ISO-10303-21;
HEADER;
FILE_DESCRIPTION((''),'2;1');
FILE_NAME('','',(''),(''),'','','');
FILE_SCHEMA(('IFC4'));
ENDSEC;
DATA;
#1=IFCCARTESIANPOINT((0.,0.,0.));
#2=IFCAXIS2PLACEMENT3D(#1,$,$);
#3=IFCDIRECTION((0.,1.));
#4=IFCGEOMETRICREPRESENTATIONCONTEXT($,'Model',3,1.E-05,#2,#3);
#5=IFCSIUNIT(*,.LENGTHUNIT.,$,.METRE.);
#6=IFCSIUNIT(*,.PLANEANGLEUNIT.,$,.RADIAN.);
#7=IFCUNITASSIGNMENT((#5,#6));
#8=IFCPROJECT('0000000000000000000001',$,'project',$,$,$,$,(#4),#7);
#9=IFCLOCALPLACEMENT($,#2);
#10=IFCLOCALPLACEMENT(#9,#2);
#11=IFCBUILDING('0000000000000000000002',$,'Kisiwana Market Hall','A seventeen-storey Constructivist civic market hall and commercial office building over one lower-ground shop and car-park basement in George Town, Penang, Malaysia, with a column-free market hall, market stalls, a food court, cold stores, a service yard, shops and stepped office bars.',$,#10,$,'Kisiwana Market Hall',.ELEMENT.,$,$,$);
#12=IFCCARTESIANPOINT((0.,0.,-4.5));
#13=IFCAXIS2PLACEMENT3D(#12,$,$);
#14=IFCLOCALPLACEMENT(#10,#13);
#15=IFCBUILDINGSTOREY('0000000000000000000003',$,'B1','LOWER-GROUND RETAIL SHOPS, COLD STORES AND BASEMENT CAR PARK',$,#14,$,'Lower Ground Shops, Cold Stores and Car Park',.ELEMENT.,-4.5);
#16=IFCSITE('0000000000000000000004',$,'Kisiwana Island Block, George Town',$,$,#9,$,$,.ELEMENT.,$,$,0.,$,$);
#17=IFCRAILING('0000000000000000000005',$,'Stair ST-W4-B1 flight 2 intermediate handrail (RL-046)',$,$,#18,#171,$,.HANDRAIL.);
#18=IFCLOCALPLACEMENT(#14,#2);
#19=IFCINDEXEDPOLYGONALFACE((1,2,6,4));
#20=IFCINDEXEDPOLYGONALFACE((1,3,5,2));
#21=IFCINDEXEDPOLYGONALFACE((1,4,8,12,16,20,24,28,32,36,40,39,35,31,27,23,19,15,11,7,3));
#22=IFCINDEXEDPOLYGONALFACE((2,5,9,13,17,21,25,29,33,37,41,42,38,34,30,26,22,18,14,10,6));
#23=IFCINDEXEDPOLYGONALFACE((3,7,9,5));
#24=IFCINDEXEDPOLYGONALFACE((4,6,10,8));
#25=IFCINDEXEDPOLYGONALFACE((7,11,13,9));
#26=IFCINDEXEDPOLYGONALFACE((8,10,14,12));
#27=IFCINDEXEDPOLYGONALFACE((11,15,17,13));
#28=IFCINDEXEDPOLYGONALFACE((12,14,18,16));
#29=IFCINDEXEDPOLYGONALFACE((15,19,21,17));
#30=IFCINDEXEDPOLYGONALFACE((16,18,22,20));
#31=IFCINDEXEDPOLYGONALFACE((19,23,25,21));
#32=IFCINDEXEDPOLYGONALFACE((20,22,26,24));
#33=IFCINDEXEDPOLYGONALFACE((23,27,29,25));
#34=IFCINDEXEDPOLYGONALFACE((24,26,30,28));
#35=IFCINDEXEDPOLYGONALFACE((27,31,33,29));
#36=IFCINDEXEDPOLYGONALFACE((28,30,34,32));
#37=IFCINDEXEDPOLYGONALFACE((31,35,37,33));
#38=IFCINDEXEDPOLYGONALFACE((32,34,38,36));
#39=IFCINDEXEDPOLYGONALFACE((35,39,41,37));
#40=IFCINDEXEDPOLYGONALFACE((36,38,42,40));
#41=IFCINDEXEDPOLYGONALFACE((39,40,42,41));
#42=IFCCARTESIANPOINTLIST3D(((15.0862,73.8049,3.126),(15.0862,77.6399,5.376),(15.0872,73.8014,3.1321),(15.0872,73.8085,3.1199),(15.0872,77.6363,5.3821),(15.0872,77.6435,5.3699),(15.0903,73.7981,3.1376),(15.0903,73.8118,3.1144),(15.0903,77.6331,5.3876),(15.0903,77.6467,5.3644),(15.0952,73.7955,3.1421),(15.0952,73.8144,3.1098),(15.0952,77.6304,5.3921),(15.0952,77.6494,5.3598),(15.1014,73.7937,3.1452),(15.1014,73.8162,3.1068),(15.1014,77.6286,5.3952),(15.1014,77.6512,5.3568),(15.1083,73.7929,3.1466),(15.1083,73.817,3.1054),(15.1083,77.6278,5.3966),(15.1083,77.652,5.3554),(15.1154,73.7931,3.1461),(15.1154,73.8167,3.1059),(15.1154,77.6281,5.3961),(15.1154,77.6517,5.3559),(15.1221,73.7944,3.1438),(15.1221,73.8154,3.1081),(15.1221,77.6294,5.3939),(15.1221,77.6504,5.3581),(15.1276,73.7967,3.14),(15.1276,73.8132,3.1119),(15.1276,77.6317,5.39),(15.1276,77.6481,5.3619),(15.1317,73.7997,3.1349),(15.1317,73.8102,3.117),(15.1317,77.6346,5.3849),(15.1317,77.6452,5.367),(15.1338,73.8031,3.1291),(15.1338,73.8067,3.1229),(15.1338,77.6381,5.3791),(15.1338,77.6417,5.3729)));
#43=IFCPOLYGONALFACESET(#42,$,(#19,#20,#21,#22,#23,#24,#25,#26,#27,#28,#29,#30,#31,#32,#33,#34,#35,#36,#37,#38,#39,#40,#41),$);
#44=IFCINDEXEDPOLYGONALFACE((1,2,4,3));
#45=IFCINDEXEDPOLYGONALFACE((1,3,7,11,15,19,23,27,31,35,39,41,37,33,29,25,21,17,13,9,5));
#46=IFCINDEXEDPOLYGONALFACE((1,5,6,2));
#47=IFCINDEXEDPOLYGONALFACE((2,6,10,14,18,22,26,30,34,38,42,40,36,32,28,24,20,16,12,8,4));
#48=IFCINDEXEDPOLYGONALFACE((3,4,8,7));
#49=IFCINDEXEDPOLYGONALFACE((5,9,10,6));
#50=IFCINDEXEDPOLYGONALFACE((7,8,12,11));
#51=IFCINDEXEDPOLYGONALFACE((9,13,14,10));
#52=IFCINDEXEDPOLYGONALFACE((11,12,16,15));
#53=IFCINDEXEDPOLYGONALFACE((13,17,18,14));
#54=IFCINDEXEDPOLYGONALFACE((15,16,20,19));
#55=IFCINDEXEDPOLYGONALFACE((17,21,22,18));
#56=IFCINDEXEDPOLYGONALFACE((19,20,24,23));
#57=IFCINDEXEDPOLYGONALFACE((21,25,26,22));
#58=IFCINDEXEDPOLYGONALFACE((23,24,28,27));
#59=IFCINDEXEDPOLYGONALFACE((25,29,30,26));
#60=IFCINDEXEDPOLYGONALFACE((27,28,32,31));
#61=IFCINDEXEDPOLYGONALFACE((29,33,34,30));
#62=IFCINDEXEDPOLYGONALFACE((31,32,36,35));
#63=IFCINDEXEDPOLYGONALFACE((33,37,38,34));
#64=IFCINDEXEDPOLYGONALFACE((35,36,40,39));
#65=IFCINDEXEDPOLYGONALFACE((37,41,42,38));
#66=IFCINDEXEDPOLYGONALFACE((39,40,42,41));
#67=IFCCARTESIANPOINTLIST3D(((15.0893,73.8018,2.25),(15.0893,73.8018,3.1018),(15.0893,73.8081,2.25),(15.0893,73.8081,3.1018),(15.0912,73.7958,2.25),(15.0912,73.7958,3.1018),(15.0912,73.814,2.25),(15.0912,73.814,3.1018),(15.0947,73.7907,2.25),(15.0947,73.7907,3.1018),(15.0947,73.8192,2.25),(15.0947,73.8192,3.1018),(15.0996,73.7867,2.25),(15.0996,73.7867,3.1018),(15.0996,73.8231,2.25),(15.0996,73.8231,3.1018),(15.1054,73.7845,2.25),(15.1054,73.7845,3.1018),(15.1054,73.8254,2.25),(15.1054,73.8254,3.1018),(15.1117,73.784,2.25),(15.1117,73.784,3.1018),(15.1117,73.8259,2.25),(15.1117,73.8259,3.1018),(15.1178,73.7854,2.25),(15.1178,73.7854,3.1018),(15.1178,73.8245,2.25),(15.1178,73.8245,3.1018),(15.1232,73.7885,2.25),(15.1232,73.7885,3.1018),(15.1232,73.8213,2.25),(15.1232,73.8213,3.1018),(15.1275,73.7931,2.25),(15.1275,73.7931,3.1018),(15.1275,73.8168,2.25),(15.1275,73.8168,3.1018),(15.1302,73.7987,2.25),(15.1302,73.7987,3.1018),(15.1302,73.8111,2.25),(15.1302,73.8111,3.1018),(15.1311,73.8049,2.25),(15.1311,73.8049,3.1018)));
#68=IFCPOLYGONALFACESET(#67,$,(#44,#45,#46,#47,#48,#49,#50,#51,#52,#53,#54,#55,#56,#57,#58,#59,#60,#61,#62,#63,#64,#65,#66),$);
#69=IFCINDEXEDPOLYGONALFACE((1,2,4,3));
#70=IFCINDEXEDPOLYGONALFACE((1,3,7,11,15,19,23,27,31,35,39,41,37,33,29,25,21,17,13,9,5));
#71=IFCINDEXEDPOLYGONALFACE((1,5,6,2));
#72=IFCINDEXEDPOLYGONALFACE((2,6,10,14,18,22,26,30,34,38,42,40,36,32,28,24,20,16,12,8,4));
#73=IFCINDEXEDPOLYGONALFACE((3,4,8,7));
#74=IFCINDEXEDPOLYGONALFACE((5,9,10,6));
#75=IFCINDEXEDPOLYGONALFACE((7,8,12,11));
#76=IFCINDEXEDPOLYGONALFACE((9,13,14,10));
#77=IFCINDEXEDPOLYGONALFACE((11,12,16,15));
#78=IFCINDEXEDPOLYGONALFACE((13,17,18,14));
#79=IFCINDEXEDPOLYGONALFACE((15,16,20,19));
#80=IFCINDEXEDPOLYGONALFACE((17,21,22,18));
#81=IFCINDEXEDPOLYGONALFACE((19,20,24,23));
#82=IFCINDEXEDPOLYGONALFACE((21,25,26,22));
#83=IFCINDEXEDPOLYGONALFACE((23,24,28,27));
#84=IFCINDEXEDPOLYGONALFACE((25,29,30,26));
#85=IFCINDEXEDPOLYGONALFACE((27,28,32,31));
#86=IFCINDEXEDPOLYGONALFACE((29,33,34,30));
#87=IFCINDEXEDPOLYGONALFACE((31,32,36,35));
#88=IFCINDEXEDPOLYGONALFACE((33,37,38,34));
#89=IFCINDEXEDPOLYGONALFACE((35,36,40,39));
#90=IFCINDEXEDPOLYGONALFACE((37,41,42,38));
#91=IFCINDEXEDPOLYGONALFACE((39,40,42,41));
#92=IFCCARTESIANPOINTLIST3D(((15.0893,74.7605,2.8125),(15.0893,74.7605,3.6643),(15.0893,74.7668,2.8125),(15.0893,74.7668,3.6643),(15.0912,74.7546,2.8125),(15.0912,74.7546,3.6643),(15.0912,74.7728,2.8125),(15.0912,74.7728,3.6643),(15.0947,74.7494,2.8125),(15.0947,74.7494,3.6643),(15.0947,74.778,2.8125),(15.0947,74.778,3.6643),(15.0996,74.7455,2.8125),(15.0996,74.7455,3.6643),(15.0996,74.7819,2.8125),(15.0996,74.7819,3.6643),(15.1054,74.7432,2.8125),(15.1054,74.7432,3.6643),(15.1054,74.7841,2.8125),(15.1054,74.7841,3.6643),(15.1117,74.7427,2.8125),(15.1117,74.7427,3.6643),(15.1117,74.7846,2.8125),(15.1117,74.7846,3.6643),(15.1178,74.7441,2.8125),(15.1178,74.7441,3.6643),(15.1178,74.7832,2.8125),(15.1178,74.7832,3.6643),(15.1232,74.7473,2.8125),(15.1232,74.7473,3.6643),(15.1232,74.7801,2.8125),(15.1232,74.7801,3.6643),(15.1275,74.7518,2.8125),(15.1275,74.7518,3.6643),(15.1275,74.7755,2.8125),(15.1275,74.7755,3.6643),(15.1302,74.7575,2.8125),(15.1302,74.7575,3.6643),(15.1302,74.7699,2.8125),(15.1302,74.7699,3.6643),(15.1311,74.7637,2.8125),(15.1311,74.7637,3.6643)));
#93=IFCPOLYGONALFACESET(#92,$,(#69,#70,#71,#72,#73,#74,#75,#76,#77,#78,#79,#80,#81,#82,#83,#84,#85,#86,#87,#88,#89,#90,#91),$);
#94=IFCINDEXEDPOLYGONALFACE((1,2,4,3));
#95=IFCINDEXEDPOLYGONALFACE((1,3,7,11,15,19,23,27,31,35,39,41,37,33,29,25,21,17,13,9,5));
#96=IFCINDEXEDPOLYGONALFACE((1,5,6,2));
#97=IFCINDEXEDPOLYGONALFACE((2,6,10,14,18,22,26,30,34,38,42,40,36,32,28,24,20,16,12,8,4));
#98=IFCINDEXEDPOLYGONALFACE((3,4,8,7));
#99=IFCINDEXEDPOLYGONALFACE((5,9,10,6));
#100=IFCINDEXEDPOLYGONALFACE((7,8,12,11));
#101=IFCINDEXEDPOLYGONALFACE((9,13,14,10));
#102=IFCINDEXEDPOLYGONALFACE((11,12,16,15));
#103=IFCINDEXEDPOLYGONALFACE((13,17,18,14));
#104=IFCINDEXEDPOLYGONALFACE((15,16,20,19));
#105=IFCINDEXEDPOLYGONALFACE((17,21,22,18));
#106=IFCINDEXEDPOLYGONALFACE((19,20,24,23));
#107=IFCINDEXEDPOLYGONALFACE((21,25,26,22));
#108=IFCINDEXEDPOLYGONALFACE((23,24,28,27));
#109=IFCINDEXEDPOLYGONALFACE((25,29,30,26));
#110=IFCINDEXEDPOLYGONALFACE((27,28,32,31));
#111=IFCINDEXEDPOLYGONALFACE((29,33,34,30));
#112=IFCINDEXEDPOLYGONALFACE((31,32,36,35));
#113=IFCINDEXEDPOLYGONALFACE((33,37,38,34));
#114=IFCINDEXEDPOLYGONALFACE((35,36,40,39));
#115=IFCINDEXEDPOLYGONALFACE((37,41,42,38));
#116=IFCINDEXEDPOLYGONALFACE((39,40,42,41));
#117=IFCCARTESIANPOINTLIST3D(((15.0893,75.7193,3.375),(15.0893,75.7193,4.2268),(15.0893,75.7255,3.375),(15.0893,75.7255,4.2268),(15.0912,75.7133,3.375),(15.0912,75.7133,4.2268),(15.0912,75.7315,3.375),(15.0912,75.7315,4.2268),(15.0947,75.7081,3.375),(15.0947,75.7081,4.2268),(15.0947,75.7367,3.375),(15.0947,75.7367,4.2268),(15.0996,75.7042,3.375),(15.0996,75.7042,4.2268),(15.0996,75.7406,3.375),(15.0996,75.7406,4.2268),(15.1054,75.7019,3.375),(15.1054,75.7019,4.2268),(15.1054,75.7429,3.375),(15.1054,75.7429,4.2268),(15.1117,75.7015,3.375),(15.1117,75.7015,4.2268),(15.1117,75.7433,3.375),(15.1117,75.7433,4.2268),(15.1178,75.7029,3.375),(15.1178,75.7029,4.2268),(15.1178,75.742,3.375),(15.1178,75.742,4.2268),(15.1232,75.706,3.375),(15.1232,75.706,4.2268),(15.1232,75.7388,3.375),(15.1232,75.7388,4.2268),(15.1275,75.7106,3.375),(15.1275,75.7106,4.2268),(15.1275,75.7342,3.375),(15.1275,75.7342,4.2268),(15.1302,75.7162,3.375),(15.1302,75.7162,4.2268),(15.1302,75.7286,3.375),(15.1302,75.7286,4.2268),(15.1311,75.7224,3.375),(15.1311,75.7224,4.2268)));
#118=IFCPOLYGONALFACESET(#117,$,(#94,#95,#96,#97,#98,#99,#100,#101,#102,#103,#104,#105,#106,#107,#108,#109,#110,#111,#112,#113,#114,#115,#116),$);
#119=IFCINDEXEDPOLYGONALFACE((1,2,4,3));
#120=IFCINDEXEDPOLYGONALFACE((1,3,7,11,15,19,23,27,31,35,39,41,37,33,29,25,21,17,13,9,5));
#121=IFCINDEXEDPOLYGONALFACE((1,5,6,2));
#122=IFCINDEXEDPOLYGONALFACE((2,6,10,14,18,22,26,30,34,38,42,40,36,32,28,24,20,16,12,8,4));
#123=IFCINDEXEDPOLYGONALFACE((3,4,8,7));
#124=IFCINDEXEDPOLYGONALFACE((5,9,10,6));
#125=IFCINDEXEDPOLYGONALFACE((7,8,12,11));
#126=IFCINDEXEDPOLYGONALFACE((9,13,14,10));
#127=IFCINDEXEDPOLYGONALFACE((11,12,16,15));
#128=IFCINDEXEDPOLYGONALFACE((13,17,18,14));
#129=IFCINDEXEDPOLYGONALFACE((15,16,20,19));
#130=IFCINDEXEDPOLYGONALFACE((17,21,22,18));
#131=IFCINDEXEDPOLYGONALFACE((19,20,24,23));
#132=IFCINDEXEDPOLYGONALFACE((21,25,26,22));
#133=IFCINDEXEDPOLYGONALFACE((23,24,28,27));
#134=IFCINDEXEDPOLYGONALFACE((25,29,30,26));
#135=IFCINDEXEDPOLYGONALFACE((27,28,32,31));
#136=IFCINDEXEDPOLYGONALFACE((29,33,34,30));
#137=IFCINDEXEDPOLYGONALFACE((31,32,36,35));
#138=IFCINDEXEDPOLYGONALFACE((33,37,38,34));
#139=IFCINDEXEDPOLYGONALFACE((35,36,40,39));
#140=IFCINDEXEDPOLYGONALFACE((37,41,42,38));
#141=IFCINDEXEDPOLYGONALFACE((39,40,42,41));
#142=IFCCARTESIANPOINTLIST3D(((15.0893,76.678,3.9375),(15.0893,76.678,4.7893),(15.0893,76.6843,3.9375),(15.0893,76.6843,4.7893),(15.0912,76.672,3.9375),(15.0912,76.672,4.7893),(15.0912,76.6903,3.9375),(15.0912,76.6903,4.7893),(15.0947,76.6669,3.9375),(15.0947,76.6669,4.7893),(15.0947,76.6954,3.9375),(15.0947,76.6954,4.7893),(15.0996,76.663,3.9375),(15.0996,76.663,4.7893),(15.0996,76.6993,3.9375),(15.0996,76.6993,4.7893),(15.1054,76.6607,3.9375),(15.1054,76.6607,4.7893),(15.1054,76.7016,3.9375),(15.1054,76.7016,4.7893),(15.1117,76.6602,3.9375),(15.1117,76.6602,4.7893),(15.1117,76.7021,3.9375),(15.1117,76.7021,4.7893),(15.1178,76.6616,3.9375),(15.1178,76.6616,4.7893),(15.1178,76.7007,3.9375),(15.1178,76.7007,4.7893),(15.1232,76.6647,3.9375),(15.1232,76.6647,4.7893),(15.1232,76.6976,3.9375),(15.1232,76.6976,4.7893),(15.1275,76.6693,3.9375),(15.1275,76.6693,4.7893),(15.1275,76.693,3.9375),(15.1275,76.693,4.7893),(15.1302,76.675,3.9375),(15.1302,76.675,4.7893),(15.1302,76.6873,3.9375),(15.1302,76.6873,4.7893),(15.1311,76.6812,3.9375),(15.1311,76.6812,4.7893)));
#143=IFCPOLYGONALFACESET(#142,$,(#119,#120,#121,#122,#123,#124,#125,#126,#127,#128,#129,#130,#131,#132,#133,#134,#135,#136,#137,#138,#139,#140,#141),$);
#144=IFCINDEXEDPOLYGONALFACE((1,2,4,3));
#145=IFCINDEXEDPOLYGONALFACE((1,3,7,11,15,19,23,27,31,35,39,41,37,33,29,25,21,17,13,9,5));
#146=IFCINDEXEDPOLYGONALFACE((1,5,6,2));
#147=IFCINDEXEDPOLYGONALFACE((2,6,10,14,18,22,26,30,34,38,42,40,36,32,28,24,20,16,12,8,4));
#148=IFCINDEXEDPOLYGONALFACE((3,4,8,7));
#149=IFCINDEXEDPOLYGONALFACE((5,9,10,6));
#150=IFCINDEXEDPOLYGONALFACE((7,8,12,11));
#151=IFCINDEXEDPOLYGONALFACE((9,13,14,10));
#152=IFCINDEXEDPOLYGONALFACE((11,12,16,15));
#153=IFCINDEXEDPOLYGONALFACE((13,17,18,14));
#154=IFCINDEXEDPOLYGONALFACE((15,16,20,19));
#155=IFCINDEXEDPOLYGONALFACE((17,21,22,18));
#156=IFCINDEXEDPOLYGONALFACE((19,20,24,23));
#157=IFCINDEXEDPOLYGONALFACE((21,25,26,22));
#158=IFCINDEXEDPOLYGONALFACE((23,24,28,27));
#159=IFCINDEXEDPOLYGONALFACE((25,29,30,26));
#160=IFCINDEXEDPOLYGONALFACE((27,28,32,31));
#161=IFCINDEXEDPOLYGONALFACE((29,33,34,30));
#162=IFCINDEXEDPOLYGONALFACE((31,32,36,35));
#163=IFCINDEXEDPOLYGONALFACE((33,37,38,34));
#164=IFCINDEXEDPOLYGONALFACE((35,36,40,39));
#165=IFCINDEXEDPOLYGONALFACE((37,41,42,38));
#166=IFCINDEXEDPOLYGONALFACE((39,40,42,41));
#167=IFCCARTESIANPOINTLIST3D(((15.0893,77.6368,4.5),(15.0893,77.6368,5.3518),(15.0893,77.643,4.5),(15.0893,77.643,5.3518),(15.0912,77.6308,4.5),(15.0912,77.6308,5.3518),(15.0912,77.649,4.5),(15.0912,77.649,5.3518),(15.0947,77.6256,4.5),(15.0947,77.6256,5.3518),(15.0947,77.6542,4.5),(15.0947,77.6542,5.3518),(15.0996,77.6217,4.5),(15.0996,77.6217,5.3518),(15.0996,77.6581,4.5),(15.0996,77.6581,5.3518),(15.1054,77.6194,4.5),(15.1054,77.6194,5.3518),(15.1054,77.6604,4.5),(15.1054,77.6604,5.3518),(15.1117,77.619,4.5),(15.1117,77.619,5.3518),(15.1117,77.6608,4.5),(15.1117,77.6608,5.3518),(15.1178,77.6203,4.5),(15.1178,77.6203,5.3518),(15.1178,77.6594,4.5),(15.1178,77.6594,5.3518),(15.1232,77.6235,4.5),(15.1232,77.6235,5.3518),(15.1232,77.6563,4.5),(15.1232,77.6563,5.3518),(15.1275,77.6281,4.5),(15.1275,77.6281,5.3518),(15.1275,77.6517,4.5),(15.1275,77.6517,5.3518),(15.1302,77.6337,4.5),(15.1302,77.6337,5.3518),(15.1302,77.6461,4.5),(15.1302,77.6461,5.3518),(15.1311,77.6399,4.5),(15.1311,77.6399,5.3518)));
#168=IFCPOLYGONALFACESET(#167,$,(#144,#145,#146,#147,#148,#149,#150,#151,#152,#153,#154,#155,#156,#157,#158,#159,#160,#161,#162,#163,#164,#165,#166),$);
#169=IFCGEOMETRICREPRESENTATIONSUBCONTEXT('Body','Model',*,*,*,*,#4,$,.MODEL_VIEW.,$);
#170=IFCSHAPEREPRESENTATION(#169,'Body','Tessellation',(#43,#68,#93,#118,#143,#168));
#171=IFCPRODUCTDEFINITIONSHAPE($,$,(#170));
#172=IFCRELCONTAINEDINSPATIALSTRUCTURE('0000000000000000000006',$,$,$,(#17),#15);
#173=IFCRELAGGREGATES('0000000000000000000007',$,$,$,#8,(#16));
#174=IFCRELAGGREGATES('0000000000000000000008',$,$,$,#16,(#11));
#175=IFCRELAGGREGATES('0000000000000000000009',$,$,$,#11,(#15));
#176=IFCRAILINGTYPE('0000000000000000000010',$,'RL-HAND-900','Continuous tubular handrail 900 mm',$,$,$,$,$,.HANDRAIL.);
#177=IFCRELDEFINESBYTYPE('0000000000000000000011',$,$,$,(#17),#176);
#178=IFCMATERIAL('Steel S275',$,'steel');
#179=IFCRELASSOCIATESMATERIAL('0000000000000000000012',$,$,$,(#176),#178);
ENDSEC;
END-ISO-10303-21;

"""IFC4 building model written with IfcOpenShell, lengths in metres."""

from ifc_helpers import new_model, si_unit, direction, frame, origin, origin_2d, place, context, subcontext, project, spatial, circle, extrude, material, type_object, element, save


model = new_model("IFC4")

# Units and contexts
model_context = context("Model", 3, precision=1e-05, world=origin(), true_north=direction((0.0, 1.0)))
body_context = subcontext(model_context, "Body", "Model", "MODEL_VIEW")
ifc_project = project(units=[si_unit("LENGTHUNIT", "METRE"), si_unit("PLANEANGLEUNIT", "RADIAN")], contexts=[model_context])

# Site, building, storey
site_placement = place(None, origin())
site = spatial("IfcSite", under=ifc_project, at=site_placement, Name="Kisiwana Island Block, George Town", CompositionType="ELEMENT", RefElevation=0.0)
building_placement = place(site_placement, origin())
building = spatial("IfcBuilding", under=site, at=building_placement, Name="Kisiwana Market Hall", Description="A seventeen-storey Constructivist civic market hall and commercial office building over one lower-ground shop and car-park basement in George Town, Penang, Malaysia, with a column-free market hall, market stalls, a food court, cold stores, a service yard, shops and stepped office bars.", LongName="Kisiwana Market Hall", CompositionType="ELEMENT")
storey_placement = place(building_placement, frame((0.0, 0.0, -4.5)))
storey = spatial("IfcBuildingStorey", under=building, at=storey_placement, Name="B1", Description="LOWER-GROUND RETAIL SHOPS, COLD STORES AND BASEMENT CAR PARK", LongName="Lower Ground Shops, Cold Stores and Car Park", CompositionType="ELEMENT", Elevation=-4.5)

# Railing
ifc_material_1 = material(Name="Steel S275", Category="steel")
railing_type_1 = type_object("IfcRailingType", Name="RL-HAND-900", Description="Continuous tubular handrail 900 mm", PredefinedType="HANDRAIL", material=ifc_material_1)
for number, where, name in (
    (1, (15.1101, 73.8049, 2.25), "Stair ST-W4-B1 flight 2 intermediate handrail (RL-046)"),
):
    element("IfcRailing", number, at=place(storey_placement, frame(where)), inside=storey, type_object=railing_type_1, Name=name, PredefinedType="HANDRAIL", context=body_context, shape_type="SweptSolid", body=[
        extrude(circle(Radius=0.0239, at=origin_2d()), frame((0.0, 0.0, 0.876), z_axis=(0.0, 0.86251, 0.506041), x_axis=(-1.0, 0.0, 0.0)), (0.0, 0.0, 1.0), 4.4463),
        extrude(circle(Radius=0.021, at=origin_2d()), origin(), (0.0, 0.0, 1.0), 0.8518),
        extrude(circle(Radius=0.021, at=origin_2d()), frame((0.0, 0.9587, 0.5625)), (0.0, 0.0, 1.0), 0.8518),
        extrude(circle(Radius=0.021, at=origin_2d()), frame((0.0, 1.9175, 1.125)), (0.0, 0.0, 1.0), 0.8518),
        extrude(circle(Radius=0.021, at=origin_2d()), frame((0.0, 2.8762, 1.6875)), (0.0, 0.0, 1.0), 0.8518),
        extrude(circle(Radius=0.021, at=origin_2d()), frame((0.0, 3.835, 2.25)), (0.0, 0.0, 1.0), 0.8518),
    ])

save(model, "model.ifc")
